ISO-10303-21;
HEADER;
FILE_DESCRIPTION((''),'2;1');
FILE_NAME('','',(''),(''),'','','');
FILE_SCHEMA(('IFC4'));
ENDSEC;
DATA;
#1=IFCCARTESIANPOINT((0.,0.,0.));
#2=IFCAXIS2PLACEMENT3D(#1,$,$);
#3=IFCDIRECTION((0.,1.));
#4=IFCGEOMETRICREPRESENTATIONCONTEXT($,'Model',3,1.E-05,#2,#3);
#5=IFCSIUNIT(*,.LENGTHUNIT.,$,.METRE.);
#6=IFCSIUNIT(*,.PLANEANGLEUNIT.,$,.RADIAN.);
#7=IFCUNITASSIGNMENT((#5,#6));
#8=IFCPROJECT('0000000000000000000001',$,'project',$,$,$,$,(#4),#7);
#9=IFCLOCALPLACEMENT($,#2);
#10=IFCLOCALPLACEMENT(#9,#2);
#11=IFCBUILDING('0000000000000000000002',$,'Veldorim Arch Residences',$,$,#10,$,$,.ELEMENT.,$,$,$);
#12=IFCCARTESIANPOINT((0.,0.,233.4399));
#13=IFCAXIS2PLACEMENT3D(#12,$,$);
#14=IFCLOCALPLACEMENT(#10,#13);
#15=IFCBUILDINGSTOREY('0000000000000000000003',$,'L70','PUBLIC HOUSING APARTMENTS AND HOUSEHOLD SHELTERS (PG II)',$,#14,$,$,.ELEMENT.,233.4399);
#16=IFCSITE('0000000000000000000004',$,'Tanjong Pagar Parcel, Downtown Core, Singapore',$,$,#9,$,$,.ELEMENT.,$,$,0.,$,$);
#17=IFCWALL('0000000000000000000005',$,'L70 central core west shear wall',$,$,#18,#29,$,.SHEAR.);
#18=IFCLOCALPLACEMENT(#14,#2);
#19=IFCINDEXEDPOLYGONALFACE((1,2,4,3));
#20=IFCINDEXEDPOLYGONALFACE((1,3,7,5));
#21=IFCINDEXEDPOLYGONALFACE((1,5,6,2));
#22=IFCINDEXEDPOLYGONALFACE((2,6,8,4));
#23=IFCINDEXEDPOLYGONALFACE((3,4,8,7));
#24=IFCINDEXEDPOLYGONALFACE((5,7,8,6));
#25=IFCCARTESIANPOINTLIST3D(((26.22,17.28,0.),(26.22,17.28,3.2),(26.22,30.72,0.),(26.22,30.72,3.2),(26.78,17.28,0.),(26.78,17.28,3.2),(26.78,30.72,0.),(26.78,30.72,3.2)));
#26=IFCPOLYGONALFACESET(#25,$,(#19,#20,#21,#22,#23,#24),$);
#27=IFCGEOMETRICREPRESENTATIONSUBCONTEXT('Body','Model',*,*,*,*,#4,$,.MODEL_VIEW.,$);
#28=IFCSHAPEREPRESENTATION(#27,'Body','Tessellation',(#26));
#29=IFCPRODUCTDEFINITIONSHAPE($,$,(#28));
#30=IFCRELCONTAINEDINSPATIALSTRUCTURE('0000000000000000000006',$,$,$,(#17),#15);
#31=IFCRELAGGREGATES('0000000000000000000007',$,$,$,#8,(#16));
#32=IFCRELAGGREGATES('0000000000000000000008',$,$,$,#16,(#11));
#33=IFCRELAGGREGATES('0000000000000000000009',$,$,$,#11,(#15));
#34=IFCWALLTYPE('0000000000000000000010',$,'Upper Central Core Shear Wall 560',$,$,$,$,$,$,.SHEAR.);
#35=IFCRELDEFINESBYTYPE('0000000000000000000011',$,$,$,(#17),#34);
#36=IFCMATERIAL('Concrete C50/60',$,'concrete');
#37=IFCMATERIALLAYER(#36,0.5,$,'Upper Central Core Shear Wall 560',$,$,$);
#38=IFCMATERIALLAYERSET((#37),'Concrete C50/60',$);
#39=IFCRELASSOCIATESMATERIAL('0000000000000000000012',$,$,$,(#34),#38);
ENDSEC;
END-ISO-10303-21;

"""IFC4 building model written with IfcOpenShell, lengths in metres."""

from ifc_helpers import new_model, si_unit, direction, frame, frame_2d, origin, place, context, subcontext, project, spatial, rectangle, extrude, material, layer, layer_set, type_object, element, save


model = new_model("IFC4")

# Units and contexts
model_context = context("Model", 3, precision=1e-05, world=origin(), true_north=direction((0.0, 1.0)))
body_context = subcontext(model_context, "Body", "Model", "MODEL_VIEW")
ifc_project = project(units=[si_unit("LENGTHUNIT", "METRE"), si_unit("PLANEANGLEUNIT", "RADIAN")], contexts=[model_context])

# Site, building, storey
site_placement = place(None, origin())
site = spatial("IfcSite", under=ifc_project, at=site_placement, Name="Tanjong Pagar Parcel, Downtown Core, Singapore", CompositionType="ELEMENT", RefElevation=0.0)
building_placement = place(site_placement, origin())
building = spatial("IfcBuilding", under=site, at=building_placement, Name="Veldorim Arch Residences", CompositionType="ELEMENT")
storey_placement = place(building_placement, frame((0.0, 0.0, 233.4399)))
storey = spatial("IfcBuildingStorey", under=building, at=storey_placement, Name="L70", Description="PUBLIC HOUSING APARTMENTS AND HOUSEHOLD SHELTERS (PG II)", CompositionType="ELEMENT", Elevation=233.4399)

# Shared definitions
ifc_material_1 = material(Name="Concrete C50/60", Category="concrete")
ifc_layer_1 = layer(ifc_material_1, 0.5, Name="Upper Central Core Shear Wall 560")
ifc_layer_set_1 = layer_set([ifc_layer_1], Name="Concrete C50/60")
wall_type_1 = type_object("IfcWallType", Name="Upper Central Core Shear Wall 560", PredefinedType="SHEAR", material=ifc_layer_set_1)

# Wall
wall_1_placement = place(storey_placement, frame((26.5, 17.28, 0.0), z_axis=(0.0, 0.0, 1.0), x_axis=(0.0, 1.0, 0.0)))
element("IfcWall", 1, at=wall_1_placement, inside=storey, type_object=wall_type_1, Name="L70 central core west shear wall", PredefinedType="SHEAR", context=body_context, shape_type="SweptSolid", body=[
    extrude(rectangle(XDim=13.4399, YDim=0.5601, at=frame_2d((6.72, 0.0))), origin(), (0.0, 0.0, 1.0), 3.2),
])

save(model, "model.ifc")
